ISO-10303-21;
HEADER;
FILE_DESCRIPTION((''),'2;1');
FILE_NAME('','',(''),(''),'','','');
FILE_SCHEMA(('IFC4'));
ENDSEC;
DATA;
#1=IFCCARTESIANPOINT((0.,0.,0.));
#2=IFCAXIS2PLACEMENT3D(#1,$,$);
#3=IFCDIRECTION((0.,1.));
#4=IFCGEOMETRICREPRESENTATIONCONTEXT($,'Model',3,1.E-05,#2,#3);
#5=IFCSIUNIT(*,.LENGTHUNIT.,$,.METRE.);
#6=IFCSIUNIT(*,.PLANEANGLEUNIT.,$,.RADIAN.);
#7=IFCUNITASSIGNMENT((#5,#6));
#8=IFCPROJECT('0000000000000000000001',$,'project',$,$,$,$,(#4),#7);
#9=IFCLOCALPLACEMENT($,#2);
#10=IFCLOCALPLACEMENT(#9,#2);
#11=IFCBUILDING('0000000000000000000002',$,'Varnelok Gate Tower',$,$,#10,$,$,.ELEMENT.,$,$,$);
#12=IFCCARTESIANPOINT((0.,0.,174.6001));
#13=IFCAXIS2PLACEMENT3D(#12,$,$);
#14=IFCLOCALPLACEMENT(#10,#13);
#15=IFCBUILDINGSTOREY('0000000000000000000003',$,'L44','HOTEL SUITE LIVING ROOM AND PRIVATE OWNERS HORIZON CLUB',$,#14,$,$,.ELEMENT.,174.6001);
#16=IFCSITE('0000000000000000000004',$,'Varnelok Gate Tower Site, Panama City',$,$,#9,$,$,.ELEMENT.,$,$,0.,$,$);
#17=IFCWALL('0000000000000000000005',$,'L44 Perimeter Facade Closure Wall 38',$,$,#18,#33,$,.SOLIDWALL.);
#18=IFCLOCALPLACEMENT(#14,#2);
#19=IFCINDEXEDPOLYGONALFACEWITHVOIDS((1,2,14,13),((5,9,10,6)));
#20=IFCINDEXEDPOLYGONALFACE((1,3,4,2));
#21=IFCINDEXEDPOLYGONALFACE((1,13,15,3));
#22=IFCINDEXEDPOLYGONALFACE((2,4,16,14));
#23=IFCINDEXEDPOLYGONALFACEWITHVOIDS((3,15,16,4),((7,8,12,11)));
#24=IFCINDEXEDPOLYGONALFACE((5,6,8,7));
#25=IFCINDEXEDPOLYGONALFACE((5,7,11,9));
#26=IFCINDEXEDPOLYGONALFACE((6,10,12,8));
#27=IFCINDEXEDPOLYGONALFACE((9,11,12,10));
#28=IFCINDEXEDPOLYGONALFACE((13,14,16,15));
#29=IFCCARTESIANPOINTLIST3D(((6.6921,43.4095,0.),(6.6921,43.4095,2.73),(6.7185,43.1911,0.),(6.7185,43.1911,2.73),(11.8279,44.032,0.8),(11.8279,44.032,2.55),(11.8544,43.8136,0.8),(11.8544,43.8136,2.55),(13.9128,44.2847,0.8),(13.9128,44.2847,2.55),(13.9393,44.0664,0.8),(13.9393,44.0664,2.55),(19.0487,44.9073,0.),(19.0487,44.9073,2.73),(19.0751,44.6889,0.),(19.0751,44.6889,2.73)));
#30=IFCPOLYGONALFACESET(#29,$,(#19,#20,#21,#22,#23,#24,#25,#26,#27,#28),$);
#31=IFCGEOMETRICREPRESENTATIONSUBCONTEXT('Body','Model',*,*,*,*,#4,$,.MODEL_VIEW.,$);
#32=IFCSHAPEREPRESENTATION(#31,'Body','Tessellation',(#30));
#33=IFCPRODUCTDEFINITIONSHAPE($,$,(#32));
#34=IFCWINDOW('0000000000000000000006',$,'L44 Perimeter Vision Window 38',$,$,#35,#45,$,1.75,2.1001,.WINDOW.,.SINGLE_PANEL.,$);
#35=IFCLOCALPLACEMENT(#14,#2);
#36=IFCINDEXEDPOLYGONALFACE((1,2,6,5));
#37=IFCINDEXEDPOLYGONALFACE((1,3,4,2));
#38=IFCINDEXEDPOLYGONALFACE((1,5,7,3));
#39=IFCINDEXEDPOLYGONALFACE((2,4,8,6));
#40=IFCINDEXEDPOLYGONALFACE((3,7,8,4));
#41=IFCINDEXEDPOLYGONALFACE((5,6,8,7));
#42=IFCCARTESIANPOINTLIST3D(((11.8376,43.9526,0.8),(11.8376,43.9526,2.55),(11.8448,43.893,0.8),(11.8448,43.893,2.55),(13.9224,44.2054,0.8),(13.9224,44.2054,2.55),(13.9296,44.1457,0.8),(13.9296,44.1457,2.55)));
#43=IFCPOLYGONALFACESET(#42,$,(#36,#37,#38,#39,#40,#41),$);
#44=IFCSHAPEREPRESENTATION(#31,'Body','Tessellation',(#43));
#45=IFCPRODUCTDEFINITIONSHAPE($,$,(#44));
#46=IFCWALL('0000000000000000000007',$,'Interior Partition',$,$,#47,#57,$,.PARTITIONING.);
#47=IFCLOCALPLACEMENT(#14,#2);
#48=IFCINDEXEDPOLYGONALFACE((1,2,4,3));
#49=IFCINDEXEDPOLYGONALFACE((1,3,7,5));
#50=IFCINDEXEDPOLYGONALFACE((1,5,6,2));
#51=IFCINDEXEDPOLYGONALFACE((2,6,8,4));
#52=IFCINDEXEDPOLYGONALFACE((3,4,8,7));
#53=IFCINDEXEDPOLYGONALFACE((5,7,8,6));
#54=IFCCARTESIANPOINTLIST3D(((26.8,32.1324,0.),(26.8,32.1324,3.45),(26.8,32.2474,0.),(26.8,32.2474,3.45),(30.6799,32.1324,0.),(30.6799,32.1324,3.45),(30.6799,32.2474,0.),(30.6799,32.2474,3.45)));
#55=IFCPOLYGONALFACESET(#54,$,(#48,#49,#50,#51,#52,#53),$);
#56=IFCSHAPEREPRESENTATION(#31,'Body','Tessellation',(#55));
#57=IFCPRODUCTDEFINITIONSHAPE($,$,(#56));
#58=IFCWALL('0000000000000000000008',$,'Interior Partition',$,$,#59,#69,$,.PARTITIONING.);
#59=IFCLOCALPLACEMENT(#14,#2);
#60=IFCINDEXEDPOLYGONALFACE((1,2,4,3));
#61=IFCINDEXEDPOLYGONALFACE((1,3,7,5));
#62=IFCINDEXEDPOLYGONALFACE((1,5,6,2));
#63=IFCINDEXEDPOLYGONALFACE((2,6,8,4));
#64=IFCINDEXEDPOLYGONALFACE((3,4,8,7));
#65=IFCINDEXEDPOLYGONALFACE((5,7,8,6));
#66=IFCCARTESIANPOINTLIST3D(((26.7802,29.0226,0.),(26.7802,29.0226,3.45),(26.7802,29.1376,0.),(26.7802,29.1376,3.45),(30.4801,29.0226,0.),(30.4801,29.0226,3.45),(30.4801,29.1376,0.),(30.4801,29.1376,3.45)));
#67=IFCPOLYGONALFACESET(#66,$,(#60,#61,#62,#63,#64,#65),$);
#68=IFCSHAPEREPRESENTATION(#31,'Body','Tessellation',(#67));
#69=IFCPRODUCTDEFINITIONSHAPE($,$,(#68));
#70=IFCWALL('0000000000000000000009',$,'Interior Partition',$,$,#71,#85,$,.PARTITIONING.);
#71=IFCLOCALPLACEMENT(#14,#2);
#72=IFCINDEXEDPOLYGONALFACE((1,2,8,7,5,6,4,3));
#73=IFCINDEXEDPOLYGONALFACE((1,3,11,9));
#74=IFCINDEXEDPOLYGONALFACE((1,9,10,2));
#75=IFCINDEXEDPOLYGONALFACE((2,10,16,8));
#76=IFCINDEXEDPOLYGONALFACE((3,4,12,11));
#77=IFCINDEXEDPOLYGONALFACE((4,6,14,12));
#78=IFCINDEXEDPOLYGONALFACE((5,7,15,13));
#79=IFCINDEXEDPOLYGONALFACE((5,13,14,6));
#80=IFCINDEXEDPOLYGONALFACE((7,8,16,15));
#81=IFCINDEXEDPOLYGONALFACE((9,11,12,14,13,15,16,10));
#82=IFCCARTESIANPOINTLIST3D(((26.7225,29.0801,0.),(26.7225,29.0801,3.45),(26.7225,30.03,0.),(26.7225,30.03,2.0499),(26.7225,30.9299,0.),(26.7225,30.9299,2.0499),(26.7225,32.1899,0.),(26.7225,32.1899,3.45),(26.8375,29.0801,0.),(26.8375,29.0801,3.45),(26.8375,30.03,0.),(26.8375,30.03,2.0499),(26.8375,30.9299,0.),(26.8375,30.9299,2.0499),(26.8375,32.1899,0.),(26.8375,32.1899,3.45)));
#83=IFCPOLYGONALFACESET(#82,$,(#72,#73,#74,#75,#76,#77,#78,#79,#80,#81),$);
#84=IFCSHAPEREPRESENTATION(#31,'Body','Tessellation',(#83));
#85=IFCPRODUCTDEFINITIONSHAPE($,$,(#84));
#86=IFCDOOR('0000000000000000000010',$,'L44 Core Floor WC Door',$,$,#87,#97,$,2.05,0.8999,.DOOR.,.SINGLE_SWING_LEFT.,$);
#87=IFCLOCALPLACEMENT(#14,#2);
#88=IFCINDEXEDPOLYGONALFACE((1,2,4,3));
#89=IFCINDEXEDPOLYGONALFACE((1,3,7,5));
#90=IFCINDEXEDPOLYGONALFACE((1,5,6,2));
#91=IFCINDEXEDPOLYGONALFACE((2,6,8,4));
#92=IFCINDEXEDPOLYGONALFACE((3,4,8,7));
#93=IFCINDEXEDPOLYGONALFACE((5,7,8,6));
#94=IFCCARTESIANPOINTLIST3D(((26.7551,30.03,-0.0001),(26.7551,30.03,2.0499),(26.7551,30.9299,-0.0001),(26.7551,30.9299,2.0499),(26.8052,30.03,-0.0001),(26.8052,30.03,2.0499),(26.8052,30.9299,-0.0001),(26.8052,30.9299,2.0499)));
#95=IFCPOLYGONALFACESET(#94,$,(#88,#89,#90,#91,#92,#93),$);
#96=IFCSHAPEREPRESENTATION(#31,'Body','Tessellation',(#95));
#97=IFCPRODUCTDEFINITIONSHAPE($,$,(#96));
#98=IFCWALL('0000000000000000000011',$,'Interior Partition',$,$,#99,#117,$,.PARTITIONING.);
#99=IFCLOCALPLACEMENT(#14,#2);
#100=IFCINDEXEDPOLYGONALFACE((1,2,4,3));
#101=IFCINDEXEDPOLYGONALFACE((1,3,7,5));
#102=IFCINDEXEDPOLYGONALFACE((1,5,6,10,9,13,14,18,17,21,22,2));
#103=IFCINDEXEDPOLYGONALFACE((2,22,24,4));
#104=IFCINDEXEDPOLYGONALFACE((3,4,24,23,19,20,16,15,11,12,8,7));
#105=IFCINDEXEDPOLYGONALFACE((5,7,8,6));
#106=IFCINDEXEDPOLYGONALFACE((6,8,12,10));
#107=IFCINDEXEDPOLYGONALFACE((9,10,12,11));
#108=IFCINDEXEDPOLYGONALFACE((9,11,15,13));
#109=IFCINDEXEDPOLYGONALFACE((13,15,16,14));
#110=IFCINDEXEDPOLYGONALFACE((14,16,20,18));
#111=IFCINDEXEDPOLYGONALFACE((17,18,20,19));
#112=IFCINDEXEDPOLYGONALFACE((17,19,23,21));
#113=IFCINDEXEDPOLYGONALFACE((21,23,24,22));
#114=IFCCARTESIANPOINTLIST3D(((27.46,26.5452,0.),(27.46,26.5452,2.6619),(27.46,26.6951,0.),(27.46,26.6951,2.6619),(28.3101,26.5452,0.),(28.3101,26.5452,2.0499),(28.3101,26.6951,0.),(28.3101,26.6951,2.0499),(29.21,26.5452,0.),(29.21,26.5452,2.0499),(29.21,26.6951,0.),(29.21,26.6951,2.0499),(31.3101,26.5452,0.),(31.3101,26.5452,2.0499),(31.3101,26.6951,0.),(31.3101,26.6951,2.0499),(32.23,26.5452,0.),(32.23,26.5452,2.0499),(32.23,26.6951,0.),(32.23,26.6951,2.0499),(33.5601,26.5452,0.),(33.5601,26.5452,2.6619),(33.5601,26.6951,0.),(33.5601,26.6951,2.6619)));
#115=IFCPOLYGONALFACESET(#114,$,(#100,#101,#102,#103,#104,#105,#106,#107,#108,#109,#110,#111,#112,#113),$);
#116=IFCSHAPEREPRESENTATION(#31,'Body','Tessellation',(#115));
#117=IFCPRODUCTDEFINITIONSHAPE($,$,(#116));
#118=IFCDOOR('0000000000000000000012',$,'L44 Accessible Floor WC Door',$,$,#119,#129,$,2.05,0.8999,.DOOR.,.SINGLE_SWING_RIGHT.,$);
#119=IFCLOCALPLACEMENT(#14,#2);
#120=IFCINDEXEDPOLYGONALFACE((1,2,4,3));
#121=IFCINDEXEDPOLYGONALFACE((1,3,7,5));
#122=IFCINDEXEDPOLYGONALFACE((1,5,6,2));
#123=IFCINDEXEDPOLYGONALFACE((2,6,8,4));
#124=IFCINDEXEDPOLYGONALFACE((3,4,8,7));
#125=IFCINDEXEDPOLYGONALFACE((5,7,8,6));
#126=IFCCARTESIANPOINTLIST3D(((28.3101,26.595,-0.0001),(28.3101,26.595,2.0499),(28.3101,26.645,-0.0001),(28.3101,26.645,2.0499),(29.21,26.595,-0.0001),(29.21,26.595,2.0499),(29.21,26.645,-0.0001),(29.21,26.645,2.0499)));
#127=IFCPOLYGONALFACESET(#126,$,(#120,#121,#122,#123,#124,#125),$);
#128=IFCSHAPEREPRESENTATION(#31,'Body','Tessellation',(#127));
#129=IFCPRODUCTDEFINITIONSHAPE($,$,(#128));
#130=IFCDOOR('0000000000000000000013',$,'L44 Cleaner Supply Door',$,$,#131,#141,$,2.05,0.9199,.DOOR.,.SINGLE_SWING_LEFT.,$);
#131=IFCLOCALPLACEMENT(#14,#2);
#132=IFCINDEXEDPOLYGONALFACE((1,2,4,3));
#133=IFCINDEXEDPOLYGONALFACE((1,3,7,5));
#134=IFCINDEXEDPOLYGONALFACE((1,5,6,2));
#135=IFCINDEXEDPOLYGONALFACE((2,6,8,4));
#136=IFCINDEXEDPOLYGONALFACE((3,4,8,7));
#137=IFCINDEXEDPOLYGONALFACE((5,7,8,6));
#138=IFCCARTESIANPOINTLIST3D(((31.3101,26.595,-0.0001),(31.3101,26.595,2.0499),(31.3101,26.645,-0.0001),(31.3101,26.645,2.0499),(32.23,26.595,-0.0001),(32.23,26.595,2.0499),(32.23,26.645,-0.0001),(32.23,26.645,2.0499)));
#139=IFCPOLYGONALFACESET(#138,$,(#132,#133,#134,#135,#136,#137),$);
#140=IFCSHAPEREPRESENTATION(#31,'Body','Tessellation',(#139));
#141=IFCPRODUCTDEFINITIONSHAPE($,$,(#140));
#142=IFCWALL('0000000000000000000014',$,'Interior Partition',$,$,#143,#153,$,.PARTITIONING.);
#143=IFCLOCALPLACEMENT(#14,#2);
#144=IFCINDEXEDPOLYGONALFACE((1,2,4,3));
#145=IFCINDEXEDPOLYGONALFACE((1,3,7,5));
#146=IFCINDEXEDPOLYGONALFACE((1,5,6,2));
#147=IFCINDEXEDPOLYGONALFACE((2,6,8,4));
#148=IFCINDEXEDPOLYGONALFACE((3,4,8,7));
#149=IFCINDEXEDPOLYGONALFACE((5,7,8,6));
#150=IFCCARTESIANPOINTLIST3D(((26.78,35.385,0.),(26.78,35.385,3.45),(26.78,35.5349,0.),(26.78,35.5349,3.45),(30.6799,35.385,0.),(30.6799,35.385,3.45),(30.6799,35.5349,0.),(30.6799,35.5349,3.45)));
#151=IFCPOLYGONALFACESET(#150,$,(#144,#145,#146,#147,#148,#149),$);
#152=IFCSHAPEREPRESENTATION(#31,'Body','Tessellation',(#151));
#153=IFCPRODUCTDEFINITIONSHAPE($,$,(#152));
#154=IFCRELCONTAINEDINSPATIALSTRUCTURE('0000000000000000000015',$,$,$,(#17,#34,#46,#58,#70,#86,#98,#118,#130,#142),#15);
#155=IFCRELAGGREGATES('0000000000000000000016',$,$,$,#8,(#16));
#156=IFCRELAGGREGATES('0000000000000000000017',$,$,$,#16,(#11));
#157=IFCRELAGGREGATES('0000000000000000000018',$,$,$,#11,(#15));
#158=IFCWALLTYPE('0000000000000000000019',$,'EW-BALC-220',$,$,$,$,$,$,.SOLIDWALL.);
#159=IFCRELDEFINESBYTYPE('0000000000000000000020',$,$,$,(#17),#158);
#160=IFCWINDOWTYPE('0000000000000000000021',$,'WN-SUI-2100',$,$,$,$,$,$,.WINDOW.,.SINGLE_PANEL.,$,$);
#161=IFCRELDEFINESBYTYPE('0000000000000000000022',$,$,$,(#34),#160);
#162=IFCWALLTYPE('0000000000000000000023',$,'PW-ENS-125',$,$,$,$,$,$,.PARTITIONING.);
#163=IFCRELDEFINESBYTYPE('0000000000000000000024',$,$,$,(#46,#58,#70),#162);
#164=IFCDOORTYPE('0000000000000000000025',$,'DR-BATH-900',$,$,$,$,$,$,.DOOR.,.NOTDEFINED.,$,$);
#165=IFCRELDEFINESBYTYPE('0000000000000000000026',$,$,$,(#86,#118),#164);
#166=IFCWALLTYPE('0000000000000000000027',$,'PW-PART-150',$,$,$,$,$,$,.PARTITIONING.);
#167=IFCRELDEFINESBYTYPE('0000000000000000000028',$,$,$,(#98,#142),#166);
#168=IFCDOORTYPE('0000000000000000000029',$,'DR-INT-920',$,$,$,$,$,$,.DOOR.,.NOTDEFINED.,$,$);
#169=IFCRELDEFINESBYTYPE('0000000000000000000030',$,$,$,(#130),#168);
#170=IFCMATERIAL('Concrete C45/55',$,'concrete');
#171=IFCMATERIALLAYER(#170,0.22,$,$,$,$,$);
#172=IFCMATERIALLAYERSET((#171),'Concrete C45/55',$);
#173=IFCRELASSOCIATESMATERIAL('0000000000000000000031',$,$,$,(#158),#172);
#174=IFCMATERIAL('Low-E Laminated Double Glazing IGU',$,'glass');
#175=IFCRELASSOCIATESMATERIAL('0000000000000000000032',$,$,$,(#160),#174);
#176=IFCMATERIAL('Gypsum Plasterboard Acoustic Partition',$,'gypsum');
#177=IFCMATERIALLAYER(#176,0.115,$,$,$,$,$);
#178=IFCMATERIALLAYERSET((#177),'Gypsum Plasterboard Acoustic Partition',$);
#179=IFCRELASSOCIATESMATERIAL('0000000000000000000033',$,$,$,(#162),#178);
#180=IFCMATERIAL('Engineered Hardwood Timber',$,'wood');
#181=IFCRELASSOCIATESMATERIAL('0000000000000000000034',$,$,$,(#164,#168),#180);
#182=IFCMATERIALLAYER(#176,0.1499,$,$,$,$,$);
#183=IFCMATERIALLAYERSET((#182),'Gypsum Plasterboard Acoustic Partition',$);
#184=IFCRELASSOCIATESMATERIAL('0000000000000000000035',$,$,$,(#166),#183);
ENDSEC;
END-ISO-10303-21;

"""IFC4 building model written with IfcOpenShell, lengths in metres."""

from ifc_helpers import new_model, si_unit, direction, frame, frame_2d, origin, place, context, subcontext, project, spatial, rectangle, extrude, material, layer, layer_set, type_object, element, fill, save


model = new_model("IFC4")

# Units and contexts
model_context = context("Model", 3, precision=1e-05, world=origin(), true_north=direction((0.0, 1.0)))
body_context = subcontext(model_context, "Body", "Model", "MODEL_VIEW")
ifc_project = project(units=[si_unit("LENGTHUNIT", "METRE"), si_unit("PLANEANGLEUNIT", "RADIAN")], contexts=[model_context])

# Site, building, storey
site_placement = place(None, origin())
site = spatial("IfcSite", under=ifc_project, at=site_placement, Name="Varnelok Gate Tower Site, Panama City", CompositionType="ELEMENT", RefElevation=0.0)
building_placement = place(site_placement, origin())
building = spatial("IfcBuilding", under=site, at=building_placement, Name="Varnelok Gate Tower", CompositionType="ELEMENT")
storey_placement = place(building_placement, frame((0.0, 0.0, 174.6001)))
storey = spatial("IfcBuildingStorey", under=building, at=storey_placement, Name="L44", Description="HOTEL SUITE LIVING ROOM AND PRIVATE OWNERS HORIZON CLUB", CompositionType="ELEMENT", Elevation=174.6001)

# Shared definitions
ifc_material_1 = material(Name="Concrete C45/55", Category="concrete")
ifc_layer_1 = layer(ifc_material_1, 0.22)
ifc_layer_set_1 = layer_set([ifc_layer_1], Name="Concrete C45/55")
wall_type_1 = type_object("IfcWallType", Name="EW-BALC-220", PredefinedType="SOLIDWALL", material=ifc_layer_set_1)
ifc_material_2 = material(Name="Low-E Laminated Double Glazing IGU", Category="glass")

# Wall, opening, window
wall_1_placement = place(storey_placement, frame((19.062, 44.7981, 0.0), z_axis=(0.0, 0.0, 1.0), x_axis=(-0.992734, -0.120333, 0.0)))
wall_1 = element("IfcWall", 1, at=wall_1_placement, inside=storey, type_object=wall_type_1, Name="L44 Perimeter Facade Closure Wall 38", PredefinedType="SOLIDWALL", context=body_context, shape_type="SweptSolid", body=[
    extrude(rectangle(XDim=12.447, YDim=0.22, at=frame_2d((6.2236, 0.0))), origin(), (0.0, 0.0, 1.0), 2.73),
])
opening_1_placement = place(wall_1_placement, frame((5.1736, 0.0, 0.8)))
opening_1 = element("IfcOpeningElement", 2, at=opening_1_placement, cuts=wall_1, PredefinedType="OPENING", context=body_context, shape_type="SweptSolid", body=[
    extrude(rectangle(XDim=2.1001, YDim=1.75, at=frame_2d((1.05, 0.875))), frame((0.0, 0.1199, 0.0), z_axis=(0.0, -1.0, 0.0), x_axis=(1.0, 0.0, 0.0)), (0.0, 0.0, 1.0), 0.24),
])
window_type_1 = type_object("IfcWindowType", Name="WN-SUI-2100", PartitioningType="SINGLE_PANEL", PredefinedType="WINDOW", material=ifc_material_2)
window_1_placement = place(opening_1_placement, origin())
window_1 = element("IfcWindow", 3, at=window_1_placement, inside=storey, type_object=window_type_1, Name="L44 Perimeter Vision Window 38", OverallHeight=1.75, OverallWidth=2.1001, PartitioningType="SINGLE_PANEL", PredefinedType="WINDOW", context=body_context, shape_type="SweptSolid", body=[
    extrude(rectangle(XDim=2.1001, YDim=1.75, at=frame_2d((1.05, 0.875))), frame((0.0, 0.03, 0.0), z_axis=(0.0, -1.0, 0.0), x_axis=(1.0, 0.0, 0.0)), (0.0, 0.0, 1.0), 0.0601),
])
fill(opening_1, window_1)

# Walls
ifc_material_3 = material(Name="Gypsum Plasterboard Acoustic Partition", Category="gypsum")
ifc_layer_2 = layer(ifc_material_3, 0.115)
ifc_layer_set_2 = layer_set([ifc_layer_2], Name="Gypsum Plasterboard Acoustic Partition")
wall_type_2 = type_object("IfcWallType", Name="PW-ENS-125", PredefinedType="PARTITIONING", material=ifc_layer_set_2)
wall_2_placement = place(storey_placement, frame((26.8, 32.1899, 0.0), z_axis=(0.0, 0.0, 1.0), x_axis=(1.0, 0.0, 0.0)))
element("IfcWall", 4, at=wall_2_placement, inside=storey, type_object=wall_type_2, Name="Interior Partition", PredefinedType="PARTITIONING", context=body_context, shape_type="SweptSolid", body=[
    extrude(rectangle(XDim=3.8799, YDim=0.115, at=frame_2d((1.9399, 0.0))), origin(), (0.0, 0.0, 1.0), 3.45),
])
wall_3_placement = place(storey_placement, frame((26.78, 29.0801, 0.0), z_axis=(0.0, 0.0, 1.0), x_axis=(1.0, 0.0, 0.0)))
element("IfcWall", 5, at=wall_3_placement, inside=storey, type_object=wall_type_2, Name="Interior Partition", PredefinedType="PARTITIONING", context=body_context, shape_type="SweptSolid", body=[
    extrude(rectangle(XDim=3.7, YDim=0.115, at=frame_2d((1.8501, 0.0))), origin(), (0.0, 0.0, 1.0), 3.45),
])

# Wall, opening, door
wall_4_placement = place(storey_placement, frame((26.78, 29.0801, 0.0), z_axis=(0.0, 0.0, 1.0), x_axis=(0.0, 1.0, 0.0)))
wall_4 = element("IfcWall", 6, at=wall_4_placement, inside=storey, type_object=wall_type_2, Name="Interior Partition", PredefinedType="PARTITIONING", context=body_context, shape_type="SweptSolid", body=[
    extrude(rectangle(XDim=3.1099, YDim=0.115, at=frame_2d((1.5549, 0.0))), origin(), (0.0, 0.0, 1.0), 3.45),
])
opening_2_placement = place(wall_4_placement, frame((0.95, 0.0, 0.0)))
opening_2 = element("IfcOpeningElement", 7, at=opening_2_placement, cuts=wall_4, PredefinedType="OPENING", context=body_context, shape_type="SweptSolid", body=[
    extrude(rectangle(XDim=0.8999, YDim=2.05, at=frame_2d((0.45, 1.0249))), frame((0.0, 0.0674, 0.0), z_axis=(0.0, -1.0, 0.0), x_axis=(1.0, 0.0, 0.0)), (0.0, 0.0, 1.0), 0.135),
])
ifc_material_4 = material(Name="Engineered Hardwood Timber", Category="wood")
door_type_1 = type_object("IfcDoorType", Name="DR-BATH-900", OperationType="NOTDEFINED", PredefinedType="DOOR", material=ifc_material_4)
door_1_placement = place(opening_2_placement, origin())
door_1 = element("IfcDoor", 8, at=door_1_placement, inside=storey, type_object=door_type_1, Name="L44 Core Floor WC Door", OperationType="SINGLE_SWING_LEFT", OverallHeight=2.05, OverallWidth=0.8999, PredefinedType="DOOR", context=body_context, shape_type="SweptSolid", body=[
    extrude(rectangle(XDim=0.8999, YDim=2.05, at=frame_2d((0.45, 1.0249))), frame((0.0, 0.0249, 0.0), z_axis=(0.0, -1.0, 0.0), x_axis=(1.0, 0.0, 0.0)), (0.0, 0.0, 1.0), 0.05),
])
fill(opening_2, door_1)

# Wall, openings, doors
ifc_layer_3 = layer(ifc_material_3, 0.1499)
ifc_layer_set_3 = layer_set([ifc_layer_3], Name="Gypsum Plasterboard Acoustic Partition")
wall_type_3 = type_object("IfcWallType", Name="PW-PART-150", PredefinedType="PARTITIONING", material=ifc_layer_set_3)
wall_5_placement = place(storey_placement, frame((27.46, 26.6201, 0.0), z_axis=(0.0, 0.0, 1.0), x_axis=(1.0, 0.0, 0.0)))
wall_5 = element("IfcWall", 9, at=wall_5_placement, inside=storey, type_object=wall_type_3, Name="Interior Partition", PredefinedType="PARTITIONING", context=body_context, shape_type="SweptSolid", body=[
    extrude(rectangle(XDim=6.1001, YDim=0.1499, at=frame_2d((3.05, 0.0))), origin(), (0.0, 0.0, 1.0), 2.6619),
])
opening_3_placement = place(wall_5_placement, frame((0.8501, 0.0, 0.0)))
opening_3 = element("IfcOpeningElement", 10, at=opening_3_placement, cuts=wall_5, PredefinedType="OPENING", context=body_context, shape_type="SweptSolid", body=[
    extrude(rectangle(XDim=0.8999, YDim=2.05, at=frame_2d((0.45, 1.0249))), frame((0.0, 0.085, 0.0), z_axis=(0.0, -1.0, 0.0), x_axis=(1.0, 0.0, 0.0)), (0.0, 0.0, 1.0), 0.1699),
])
opening_4_placement = place(wall_5_placement, frame((3.8501, 0.0, 0.0)))
opening_4 = element("IfcOpeningElement", 11, at=opening_4_placement, cuts=wall_5, PredefinedType="OPENING", context=body_context, shape_type="SweptSolid", body=[
    extrude(rectangle(XDim=0.9199, YDim=2.05, at=frame_2d((0.46, 1.0249))), frame((0.0, 0.085, 0.0), z_axis=(0.0, -1.0, 0.0), x_axis=(1.0, 0.0, 0.0)), (0.0, 0.0, 1.0), 0.1699),
])
door_2_placement = place(opening_3_placement, origin())
door_2 = element("IfcDoor", 12, at=door_2_placement, inside=storey, type_object=door_type_1, Name="L44 Accessible Floor WC Door", OperationType="SINGLE_SWING_RIGHT", OverallHeight=2.05, OverallWidth=0.8999, PredefinedType="DOOR", context=body_context, shape_type="SweptSolid", body=[
    extrude(rectangle(XDim=0.8999, YDim=2.05, at=frame_2d((0.45, 1.0249))), frame((0.0, 0.0249, 0.0), z_axis=(0.0, -1.0, 0.0), x_axis=(1.0, 0.0, 0.0)), (0.0, 0.0, 1.0), 0.05),
])
fill(opening_3, door_2)
door_type_2 = type_object("IfcDoorType", Name="DR-INT-920", OperationType="NOTDEFINED", PredefinedType="DOOR", material=ifc_material_4)
door_3_placement = place(opening_4_placement, origin())
door_3 = element("IfcDoor", 13, at=door_3_placement, inside=storey, type_object=door_type_2, Name="L44 Cleaner Supply Door", OperationType="SINGLE_SWING_LEFT", OverallHeight=2.05, OverallWidth=0.9199, PredefinedType="DOOR", context=body_context, shape_type="SweptSolid", body=[
    extrude(rectangle(XDim=0.9199, YDim=2.05, at=frame_2d((0.46, 1.0249))), frame((0.0, 0.0249, 0.0), z_axis=(0.0, -1.0, 0.0), x_axis=(1.0, 0.0, 0.0)), (0.0, 0.0, 1.0), 0.05),
])
fill(opening_4, door_3)

# Wall
wall_6_placement = place(storey_placement, frame((26.78, 35.46, 0.0), z_axis=(0.0, 0.0, 1.0), x_axis=(1.0, 0.0, 0.0)))
element("IfcWall", 14, at=wall_6_placement, inside=storey, type_object=wall_type_3, Name="Interior Partition", PredefinedType="PARTITIONING", context=body_context, shape_type="SweptSolid", body=[
    extrude(rectangle(XDim=3.8999, YDim=0.1499, at=frame_2d((1.95, 0.0))), origin(), (0.0, 0.0, 1.0), 3.45),
])

save(model, "model.ifc")
